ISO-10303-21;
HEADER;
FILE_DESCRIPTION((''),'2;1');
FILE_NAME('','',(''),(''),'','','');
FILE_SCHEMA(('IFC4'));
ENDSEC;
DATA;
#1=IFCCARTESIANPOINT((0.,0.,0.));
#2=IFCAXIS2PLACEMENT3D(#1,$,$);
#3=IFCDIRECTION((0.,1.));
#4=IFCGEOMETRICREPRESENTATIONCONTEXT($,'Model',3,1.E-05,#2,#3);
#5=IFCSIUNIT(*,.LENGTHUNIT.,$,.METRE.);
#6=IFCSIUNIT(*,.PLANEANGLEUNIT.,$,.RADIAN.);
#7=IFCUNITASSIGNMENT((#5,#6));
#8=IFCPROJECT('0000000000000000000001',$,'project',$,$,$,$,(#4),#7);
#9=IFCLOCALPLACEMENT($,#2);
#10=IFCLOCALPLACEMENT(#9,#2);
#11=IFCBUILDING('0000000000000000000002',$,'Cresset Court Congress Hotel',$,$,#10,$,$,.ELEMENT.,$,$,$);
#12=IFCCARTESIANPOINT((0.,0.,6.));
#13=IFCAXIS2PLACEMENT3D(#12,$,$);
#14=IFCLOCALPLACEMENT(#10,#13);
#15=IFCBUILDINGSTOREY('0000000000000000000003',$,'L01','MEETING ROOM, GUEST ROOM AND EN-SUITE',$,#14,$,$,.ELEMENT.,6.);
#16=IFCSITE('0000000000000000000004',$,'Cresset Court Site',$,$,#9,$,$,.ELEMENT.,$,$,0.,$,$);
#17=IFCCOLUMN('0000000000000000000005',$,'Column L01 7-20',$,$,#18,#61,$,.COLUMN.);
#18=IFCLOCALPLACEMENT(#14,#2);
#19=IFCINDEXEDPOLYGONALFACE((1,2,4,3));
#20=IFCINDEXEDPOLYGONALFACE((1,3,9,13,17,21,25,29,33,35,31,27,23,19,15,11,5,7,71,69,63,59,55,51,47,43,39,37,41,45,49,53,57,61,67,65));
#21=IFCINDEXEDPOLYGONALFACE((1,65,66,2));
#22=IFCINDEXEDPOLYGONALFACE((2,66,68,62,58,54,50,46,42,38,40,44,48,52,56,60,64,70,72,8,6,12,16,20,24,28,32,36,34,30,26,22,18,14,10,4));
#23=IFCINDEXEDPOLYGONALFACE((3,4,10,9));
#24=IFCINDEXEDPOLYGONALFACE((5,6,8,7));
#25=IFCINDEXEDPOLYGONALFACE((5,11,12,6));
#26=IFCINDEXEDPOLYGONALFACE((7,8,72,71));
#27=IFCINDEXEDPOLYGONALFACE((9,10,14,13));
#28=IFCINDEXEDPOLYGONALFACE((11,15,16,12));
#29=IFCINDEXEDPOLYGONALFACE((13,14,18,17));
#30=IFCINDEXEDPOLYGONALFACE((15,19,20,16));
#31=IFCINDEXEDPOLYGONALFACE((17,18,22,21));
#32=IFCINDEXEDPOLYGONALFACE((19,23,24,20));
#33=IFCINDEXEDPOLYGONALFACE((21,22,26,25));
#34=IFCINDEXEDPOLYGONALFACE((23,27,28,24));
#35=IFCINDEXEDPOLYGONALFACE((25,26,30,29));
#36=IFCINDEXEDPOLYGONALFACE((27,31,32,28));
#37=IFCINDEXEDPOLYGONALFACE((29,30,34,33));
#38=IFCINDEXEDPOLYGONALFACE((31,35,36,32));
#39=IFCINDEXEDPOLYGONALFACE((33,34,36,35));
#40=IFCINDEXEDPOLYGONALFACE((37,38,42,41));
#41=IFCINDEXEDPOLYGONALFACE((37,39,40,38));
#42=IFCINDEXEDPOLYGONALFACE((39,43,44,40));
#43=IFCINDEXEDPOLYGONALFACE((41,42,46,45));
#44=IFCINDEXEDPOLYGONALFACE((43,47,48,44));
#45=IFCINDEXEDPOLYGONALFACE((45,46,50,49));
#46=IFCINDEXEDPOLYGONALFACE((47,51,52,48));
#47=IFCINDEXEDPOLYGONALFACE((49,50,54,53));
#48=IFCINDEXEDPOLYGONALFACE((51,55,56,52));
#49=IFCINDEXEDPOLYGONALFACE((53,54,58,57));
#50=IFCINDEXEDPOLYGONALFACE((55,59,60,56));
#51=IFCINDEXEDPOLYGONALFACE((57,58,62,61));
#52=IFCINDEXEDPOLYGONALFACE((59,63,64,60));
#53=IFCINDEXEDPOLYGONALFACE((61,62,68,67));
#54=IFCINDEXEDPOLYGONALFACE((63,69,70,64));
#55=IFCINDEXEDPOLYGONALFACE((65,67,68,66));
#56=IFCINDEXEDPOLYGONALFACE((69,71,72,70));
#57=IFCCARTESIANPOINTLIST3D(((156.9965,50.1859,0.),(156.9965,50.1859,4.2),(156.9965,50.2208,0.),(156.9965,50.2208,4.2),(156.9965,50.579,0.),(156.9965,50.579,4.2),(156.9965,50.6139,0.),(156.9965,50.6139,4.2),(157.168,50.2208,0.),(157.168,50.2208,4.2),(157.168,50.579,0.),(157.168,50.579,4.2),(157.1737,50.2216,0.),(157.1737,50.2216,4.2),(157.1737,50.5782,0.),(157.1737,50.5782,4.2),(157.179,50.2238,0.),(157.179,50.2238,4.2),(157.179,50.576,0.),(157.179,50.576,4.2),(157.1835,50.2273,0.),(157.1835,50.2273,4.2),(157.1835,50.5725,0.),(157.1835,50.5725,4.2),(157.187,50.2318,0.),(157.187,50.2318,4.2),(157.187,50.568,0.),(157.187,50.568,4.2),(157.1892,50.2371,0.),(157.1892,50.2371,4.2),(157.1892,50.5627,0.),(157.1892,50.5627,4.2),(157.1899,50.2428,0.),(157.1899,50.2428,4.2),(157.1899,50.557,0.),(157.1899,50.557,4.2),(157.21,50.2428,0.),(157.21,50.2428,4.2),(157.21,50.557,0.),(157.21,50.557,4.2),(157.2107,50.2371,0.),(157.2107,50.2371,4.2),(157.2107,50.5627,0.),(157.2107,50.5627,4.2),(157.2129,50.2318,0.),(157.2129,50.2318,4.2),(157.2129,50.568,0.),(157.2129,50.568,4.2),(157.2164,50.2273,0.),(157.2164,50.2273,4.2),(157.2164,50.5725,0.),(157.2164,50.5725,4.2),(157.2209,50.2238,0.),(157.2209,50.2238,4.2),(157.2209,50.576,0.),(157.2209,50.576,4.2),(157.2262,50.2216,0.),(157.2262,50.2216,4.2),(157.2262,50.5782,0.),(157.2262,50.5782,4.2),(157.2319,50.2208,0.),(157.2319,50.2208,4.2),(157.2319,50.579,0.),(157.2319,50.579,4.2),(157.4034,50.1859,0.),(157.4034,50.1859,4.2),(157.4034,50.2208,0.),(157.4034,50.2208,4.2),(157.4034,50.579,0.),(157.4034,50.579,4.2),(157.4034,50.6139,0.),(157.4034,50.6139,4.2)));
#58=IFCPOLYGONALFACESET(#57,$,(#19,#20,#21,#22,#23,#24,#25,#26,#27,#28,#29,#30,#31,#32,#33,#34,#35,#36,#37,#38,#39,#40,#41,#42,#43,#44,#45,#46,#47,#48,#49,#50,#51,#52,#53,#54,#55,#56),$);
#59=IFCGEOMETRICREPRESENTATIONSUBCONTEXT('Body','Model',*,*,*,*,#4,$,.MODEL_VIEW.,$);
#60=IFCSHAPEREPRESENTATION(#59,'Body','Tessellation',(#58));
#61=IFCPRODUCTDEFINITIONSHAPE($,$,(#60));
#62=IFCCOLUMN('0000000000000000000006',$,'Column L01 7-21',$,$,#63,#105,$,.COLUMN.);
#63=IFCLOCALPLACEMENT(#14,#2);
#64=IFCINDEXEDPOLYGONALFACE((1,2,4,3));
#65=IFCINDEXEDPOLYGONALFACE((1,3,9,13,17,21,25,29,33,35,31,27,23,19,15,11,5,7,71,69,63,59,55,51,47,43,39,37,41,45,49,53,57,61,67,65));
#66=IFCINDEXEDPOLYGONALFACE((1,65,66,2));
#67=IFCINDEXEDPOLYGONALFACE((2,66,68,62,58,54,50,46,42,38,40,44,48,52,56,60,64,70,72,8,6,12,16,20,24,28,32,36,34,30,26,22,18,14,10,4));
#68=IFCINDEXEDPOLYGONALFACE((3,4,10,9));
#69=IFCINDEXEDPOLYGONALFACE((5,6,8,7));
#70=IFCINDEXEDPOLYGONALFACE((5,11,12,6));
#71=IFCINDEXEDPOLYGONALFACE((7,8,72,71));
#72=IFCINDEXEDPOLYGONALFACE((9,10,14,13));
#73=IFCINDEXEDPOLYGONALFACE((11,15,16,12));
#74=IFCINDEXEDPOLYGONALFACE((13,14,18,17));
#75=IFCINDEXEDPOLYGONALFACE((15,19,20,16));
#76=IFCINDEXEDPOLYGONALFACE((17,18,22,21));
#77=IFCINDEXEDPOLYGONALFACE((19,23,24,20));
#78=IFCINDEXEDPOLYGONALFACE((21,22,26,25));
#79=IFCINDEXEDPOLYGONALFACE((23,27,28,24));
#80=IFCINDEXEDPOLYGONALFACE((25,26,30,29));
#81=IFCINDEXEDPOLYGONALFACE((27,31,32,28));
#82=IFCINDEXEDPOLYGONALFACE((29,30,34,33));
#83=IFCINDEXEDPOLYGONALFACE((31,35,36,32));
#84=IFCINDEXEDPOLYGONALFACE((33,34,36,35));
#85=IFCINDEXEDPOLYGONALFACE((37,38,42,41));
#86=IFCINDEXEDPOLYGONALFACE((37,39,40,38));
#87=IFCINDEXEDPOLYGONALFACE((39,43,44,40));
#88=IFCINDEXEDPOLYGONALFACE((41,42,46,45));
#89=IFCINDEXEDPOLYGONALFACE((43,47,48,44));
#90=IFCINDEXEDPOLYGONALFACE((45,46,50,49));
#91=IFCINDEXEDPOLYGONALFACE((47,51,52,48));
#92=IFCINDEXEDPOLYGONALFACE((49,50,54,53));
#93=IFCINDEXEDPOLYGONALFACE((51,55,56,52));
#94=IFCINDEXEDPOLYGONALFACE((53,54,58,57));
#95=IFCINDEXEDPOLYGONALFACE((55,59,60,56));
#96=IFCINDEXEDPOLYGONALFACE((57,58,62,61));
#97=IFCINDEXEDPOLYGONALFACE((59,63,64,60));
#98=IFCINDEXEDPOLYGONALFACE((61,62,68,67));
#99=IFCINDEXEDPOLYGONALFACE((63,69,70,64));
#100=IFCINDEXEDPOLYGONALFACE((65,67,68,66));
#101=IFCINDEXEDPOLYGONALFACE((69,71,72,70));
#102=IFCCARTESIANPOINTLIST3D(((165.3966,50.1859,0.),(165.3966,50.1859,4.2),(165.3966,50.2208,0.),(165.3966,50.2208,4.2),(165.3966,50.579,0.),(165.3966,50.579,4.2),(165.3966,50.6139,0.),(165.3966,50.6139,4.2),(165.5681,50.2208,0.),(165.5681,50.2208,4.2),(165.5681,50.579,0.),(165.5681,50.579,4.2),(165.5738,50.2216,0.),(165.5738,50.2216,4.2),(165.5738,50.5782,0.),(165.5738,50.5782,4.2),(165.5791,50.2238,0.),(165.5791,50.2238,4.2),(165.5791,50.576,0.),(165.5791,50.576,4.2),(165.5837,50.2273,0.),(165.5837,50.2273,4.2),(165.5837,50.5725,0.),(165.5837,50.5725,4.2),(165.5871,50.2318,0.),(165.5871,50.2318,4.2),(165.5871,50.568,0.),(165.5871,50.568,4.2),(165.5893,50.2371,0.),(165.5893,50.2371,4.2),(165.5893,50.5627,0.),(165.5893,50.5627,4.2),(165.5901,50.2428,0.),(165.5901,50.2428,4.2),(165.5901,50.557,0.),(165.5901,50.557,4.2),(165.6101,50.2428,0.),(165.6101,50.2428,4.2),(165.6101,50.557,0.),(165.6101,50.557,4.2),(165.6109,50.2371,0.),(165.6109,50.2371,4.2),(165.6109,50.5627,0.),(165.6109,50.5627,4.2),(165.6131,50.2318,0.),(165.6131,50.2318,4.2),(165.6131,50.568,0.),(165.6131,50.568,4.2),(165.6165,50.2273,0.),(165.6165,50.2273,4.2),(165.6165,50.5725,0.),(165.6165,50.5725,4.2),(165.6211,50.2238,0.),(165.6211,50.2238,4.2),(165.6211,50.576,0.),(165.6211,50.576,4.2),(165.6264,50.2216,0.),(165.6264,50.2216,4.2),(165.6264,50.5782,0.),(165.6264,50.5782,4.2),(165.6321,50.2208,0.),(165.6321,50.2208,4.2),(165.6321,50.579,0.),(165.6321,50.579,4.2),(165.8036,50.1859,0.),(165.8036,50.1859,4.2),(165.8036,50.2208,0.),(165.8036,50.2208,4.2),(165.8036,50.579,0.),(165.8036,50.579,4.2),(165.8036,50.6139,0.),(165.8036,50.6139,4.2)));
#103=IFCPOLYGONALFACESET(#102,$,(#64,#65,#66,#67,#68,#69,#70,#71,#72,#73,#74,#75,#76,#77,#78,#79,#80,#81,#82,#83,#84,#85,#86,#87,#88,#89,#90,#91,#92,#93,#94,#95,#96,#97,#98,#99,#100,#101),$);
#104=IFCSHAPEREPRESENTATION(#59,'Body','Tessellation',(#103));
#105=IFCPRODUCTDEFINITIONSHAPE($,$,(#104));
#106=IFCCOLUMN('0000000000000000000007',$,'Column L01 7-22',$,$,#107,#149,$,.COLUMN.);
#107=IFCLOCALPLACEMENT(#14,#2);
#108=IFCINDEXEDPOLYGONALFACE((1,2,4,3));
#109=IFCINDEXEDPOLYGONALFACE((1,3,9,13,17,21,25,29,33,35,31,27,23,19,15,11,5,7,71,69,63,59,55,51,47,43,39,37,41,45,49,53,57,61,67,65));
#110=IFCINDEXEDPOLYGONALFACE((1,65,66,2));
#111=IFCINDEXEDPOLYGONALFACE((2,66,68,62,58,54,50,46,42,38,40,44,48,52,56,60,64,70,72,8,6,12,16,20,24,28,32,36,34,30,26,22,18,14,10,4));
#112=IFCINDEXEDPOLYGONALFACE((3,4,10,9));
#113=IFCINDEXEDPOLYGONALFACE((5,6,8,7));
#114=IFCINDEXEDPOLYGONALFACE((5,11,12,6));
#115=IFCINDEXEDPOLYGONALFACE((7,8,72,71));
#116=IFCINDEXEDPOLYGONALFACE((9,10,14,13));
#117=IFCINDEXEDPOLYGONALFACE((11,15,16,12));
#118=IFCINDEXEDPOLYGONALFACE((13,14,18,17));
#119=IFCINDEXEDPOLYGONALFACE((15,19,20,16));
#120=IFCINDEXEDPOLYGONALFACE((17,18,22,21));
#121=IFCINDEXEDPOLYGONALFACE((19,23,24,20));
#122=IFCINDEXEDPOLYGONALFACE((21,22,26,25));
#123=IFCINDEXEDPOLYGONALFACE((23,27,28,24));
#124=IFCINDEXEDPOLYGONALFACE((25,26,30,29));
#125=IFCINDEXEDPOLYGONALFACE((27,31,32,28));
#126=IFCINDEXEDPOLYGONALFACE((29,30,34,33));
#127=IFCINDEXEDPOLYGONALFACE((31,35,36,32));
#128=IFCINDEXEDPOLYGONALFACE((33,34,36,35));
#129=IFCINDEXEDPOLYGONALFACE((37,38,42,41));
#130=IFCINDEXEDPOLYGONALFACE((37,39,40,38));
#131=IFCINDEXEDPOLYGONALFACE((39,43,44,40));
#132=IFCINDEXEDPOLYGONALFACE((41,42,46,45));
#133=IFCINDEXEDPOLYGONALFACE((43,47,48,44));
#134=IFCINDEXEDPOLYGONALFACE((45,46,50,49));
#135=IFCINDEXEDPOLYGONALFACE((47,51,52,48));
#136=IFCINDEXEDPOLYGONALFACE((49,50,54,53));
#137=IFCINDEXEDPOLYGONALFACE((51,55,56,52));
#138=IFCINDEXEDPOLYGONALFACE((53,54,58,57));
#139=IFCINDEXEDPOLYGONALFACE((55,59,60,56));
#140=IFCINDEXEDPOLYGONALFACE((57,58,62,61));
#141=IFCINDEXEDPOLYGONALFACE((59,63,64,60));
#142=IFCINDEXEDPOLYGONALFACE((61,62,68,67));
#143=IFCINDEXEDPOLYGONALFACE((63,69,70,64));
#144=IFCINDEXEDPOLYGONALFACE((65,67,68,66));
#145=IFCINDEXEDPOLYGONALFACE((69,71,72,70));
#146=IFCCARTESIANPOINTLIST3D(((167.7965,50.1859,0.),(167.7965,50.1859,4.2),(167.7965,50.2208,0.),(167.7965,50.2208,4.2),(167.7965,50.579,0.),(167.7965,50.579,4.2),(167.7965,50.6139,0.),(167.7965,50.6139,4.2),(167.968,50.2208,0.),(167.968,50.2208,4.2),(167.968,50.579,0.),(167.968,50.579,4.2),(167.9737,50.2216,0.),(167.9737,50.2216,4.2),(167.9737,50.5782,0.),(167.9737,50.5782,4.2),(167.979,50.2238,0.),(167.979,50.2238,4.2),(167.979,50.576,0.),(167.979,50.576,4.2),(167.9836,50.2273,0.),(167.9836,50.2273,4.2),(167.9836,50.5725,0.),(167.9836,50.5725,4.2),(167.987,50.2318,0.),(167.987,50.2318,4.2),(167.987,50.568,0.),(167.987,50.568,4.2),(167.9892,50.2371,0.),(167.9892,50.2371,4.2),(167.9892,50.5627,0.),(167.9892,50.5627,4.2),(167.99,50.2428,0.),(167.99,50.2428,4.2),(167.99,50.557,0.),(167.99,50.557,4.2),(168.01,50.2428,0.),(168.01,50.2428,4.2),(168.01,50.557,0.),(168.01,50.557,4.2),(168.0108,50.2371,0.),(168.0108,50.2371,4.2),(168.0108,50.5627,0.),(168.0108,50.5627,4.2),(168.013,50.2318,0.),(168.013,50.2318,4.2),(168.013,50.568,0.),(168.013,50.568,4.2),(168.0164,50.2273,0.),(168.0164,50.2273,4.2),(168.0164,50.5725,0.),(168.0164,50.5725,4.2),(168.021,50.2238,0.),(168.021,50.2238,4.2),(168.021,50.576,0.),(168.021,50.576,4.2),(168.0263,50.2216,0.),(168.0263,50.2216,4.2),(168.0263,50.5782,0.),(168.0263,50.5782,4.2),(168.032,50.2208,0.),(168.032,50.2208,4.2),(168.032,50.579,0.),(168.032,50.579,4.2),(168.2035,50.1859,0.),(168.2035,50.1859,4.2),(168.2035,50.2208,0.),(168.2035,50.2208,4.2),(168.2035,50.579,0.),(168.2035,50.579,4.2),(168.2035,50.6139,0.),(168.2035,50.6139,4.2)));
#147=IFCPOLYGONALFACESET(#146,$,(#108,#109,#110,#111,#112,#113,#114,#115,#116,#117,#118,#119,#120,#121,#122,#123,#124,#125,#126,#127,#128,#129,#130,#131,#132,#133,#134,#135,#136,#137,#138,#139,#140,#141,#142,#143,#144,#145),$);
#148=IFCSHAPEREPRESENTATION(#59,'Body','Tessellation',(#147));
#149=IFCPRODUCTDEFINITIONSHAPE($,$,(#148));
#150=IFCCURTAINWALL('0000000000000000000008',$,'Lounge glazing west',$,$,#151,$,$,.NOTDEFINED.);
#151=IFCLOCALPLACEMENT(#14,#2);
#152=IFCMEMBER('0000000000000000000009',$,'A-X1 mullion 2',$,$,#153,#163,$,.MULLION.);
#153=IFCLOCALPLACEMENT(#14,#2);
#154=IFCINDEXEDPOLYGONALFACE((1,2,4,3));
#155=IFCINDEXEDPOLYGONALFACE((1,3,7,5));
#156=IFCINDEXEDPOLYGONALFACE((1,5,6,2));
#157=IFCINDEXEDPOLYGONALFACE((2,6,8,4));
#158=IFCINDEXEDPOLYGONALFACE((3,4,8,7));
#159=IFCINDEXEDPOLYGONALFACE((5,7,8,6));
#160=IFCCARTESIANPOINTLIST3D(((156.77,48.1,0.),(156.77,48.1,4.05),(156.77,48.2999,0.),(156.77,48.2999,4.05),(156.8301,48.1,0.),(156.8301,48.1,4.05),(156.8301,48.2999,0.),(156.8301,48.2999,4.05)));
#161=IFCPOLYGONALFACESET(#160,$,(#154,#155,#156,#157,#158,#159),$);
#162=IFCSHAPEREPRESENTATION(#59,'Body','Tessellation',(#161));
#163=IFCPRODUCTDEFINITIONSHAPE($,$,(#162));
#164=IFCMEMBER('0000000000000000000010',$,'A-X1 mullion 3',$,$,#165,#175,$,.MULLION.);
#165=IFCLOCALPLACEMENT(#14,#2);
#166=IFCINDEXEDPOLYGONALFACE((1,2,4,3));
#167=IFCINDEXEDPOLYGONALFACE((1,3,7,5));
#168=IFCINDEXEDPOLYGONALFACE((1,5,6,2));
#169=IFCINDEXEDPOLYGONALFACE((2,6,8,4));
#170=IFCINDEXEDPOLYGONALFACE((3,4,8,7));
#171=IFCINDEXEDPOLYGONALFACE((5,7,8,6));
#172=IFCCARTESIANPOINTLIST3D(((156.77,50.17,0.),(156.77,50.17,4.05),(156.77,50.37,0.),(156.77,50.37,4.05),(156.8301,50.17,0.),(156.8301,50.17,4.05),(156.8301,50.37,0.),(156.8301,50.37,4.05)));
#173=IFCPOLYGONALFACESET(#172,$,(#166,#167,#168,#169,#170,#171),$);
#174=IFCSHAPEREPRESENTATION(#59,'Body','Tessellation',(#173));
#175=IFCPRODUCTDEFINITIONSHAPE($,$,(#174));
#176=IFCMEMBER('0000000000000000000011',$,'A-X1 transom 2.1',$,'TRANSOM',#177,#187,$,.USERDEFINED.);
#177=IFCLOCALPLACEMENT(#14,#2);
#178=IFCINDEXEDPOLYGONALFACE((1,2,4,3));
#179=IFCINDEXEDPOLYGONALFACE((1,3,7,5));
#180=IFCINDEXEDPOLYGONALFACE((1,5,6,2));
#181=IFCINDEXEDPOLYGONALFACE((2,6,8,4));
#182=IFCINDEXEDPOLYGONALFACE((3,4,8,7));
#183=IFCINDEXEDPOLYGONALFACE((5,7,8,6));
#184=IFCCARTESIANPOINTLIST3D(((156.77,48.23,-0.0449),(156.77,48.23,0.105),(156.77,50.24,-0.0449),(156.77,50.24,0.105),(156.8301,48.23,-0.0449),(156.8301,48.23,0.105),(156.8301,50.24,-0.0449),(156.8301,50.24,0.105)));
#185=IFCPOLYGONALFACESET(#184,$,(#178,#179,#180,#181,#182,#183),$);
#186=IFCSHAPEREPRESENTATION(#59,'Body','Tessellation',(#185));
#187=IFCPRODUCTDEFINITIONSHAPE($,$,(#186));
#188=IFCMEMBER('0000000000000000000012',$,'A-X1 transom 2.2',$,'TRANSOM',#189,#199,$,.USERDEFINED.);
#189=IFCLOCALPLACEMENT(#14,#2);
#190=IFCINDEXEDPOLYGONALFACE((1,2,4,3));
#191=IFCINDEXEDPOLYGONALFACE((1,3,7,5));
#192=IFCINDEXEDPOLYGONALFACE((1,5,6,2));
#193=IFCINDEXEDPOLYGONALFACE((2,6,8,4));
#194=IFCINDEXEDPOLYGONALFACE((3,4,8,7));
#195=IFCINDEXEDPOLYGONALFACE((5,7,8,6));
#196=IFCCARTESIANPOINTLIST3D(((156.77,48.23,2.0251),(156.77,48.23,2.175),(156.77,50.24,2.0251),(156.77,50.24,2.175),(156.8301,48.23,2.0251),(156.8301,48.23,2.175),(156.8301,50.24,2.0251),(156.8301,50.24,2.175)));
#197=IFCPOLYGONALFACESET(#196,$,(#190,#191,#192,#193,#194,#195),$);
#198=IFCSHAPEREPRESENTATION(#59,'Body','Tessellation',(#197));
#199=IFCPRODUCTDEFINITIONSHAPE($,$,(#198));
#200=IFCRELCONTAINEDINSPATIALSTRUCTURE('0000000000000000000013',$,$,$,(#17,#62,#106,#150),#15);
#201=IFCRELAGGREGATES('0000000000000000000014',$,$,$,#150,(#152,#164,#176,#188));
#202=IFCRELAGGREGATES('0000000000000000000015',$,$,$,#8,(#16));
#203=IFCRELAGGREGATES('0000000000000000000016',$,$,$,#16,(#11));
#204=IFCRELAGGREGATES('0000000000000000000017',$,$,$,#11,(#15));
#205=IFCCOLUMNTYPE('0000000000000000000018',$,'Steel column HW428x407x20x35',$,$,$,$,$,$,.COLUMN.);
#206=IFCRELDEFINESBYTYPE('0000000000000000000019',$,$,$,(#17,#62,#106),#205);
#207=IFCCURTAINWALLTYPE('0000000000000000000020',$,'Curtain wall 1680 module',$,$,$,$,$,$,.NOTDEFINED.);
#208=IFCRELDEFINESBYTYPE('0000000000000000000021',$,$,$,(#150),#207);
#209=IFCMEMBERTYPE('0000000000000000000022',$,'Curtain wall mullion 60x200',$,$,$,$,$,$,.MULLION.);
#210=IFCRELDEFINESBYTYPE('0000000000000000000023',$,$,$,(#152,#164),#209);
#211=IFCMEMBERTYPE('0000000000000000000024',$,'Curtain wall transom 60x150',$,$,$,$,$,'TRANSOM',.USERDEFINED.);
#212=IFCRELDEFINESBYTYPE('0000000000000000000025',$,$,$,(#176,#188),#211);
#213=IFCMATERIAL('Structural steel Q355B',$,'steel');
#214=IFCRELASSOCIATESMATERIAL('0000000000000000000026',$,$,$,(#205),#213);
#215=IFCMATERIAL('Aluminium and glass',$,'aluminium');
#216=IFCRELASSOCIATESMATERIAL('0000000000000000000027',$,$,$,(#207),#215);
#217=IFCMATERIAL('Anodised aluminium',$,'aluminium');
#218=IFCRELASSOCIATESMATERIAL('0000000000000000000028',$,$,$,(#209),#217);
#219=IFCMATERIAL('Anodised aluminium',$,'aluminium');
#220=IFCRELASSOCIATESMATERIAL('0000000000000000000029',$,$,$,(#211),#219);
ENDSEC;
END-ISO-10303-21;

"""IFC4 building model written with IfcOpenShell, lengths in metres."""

from ifc_helpers import new_model, si_unit, direction, frame, origin, origin_2d, place, context, subcontext, project, spatial, rectangle, i_section, extrude, material, material_profile, profile_set, type_object, element, aggregate, save


model = new_model("IFC4")

# Units and contexts
model_context = context("Model", 3, precision=1e-05, world=origin(), true_north=direction((0.0, 1.0)))
body_context = subcontext(model_context, "Body", "Model", "MODEL_VIEW")
ifc_project = project(units=[si_unit("LENGTHUNIT", "METRE"), si_unit("PLANEANGLEUNIT", "RADIAN")], contexts=[model_context])

# Site, building, storey
site_placement = place(None, origin())
site = spatial("IfcSite", under=ifc_project, at=site_placement, Name="Cresset Court Site", CompositionType="ELEMENT", RefElevation=0.0)
building_placement = place(site_placement, origin())
building = spatial("IfcBuilding", under=site, at=building_placement, Name="Cresset Court Congress Hotel", CompositionType="ELEMENT")
storey_placement = place(building_placement, frame((0.0, 0.0, 6.0)))
storey = spatial("IfcBuildingStorey", under=building, at=storey_placement, Name="L01", Description="MEETING ROOM, GUEST ROOM AND EN-SUITE", CompositionType="ELEMENT", Elevation=6.0)

# Columns
ifc_material_1 = material(Name="Structural steel Q355B", Category="steel")
ifc_material_profile_1 = material_profile(ifc_material_1, i_section(OverallWidth=0.407, OverallDepth=0.428, WebThickness=0.02, FlangeThickness=0.0349, FilletRadius=0.022, at=origin_2d()), Name="HW428x407x20x35")
ifc_profile_set_1 = profile_set([ifc_material_profile_1], Name="Structural steel Q355B")
column_type = type_object("IfcColumnType", Name="Steel column HW428x407x20x35", PredefinedType="COLUMN", material=ifc_profile_set_1)
for number, where, z_axis, x_axis, name in (
    (1, (157.2, 50.3999, 0.0), (0.0, 0.0, 1.0), (1.0, 0.0, 0.0), "Column L01 7-20"),
    (2, (165.6001, 50.3999, 0.0), (0.0, 0.0, 1.0), (1.0, 0.0, 0.0), "Column L01 7-21"),
    (3, (168.0, 50.3999, 0.0), (0.0, 0.0, 1.0), (1.0, 0.0, 0.0), "Column L01 7-22"),
):
    element("IfcColumn", number, at=place(storey_placement, frame(where, z_axis=z_axis, x_axis=x_axis)), inside=storey, type_object=column_type, Name=name, PredefinedType="COLUMN", context=body_context, shape_type="SweptSolid", body=[
        extrude(i_section(OverallWidth=0.407, OverallDepth=0.428, WebThickness=0.02, FlangeThickness=0.0349, FilletRadius=0.022, at=origin_2d()), origin(), (0.0, 0.0, 1.0), 4.2),
    ])

# Curtain wall, members
ifc_material_2 = material(Name="Aluminium and glass", Category="aluminium")
curtain_wall_type = type_object("IfcCurtainWallType", Name="Curtain wall 1680 module", PredefinedType="NOTDEFINED", material=ifc_material_2)
curtain_wall_placement = place(storey_placement, origin())
curtain_wall = element("IfcCurtainWall", 4, at=curtain_wall_placement, inside=storey, type_object=curtain_wall_type, Name="Lounge glazing west", PredefinedType="NOTDEFINED")
ifc_material_3 = material(Name="Anodised aluminium", Category="aluminium")
ifc_material_profile_2 = material_profile(ifc_material_3, rectangle(XDim=0.0601, YDim=0.2, at=origin_2d()), Name="RECT60x200")
ifc_profile_set_2 = profile_set([ifc_material_profile_2], Name="Anodised aluminium")
member_type_1 = type_object("IfcMemberType", Name="Curtain wall mullion 60x200", PredefinedType="MULLION", material=ifc_profile_set_2)
member_1_placement = place(storey_placement, frame((156.8, 48.2, 0.0), z_axis=(0.0, 0.0, 1.0), x_axis=(-1.0, 0.0, 0.0)))
member_1 = element("IfcMember", 5, at=member_1_placement, type_object=member_type_1, Name="A-X1 mullion 2", PredefinedType="MULLION", context=body_context, shape_type="SweptSolid", body=[
    extrude(rectangle(XDim=0.0601, YDim=0.2, at=origin_2d()), origin(), (0.0, 0.0, 1.0), 4.05),
])
member_2_placement = place(storey_placement, frame((156.8, 50.27, 0.0), z_axis=(0.0, 0.0, 1.0), x_axis=(-1.0, 0.0, 0.0)))
member_2 = element("IfcMember", 6, at=member_2_placement, type_object=member_type_1, Name="A-X1 mullion 3", PredefinedType="MULLION", context=body_context, shape_type="SweptSolid", body=[
    extrude(rectangle(XDim=0.0601, YDim=0.2, at=origin_2d()), origin(), (0.0, 0.0, 1.0), 4.05),
])
ifc_material_4 = material(Name="Anodised aluminium", Category="aluminium")
ifc_material_profile_3 = material_profile(ifc_material_4, rectangle(XDim=0.0601, YDim=0.1499, at=origin_2d()), Name="RECT60x150")
ifc_profile_set_3 = profile_set([ifc_material_profile_3], Name="Anodised aluminium")
member_type_2 = type_object("IfcMemberType", Name="Curtain wall transom 60x150", ElementType="TRANSOM", PredefinedType="USERDEFINED", material=ifc_profile_set_3)
member_3_placement = place(storey_placement, frame((156.8, 48.23, 0.03), z_axis=(0.0, 1.0, 0.0), x_axis=(-1.0, 0.0, 0.0)))
member_3 = element("IfcMember", 7, at=member_3_placement, type_object=member_type_2, Name="A-X1 transom 2.1", ObjectType="TRANSOM", PredefinedType="USERDEFINED", context=body_context, shape_type="SweptSolid", body=[
    extrude(rectangle(XDim=0.0601, YDim=0.1499, at=origin_2d()), origin(), (0.0, 0.0, 1.0), 2.01),
])
member_4_placement = place(storey_placement, frame((156.8, 48.23, 2.1001), z_axis=(0.0, 1.0, 0.0), x_axis=(-1.0, 0.0, 0.0)))
member_4 = element("IfcMember", 8, at=member_4_placement, type_object=member_type_2, Name="A-X1 transom 2.2", ObjectType="TRANSOM", PredefinedType="USERDEFINED", context=body_context, shape_type="SweptSolid", body=[
    extrude(rectangle(XDim=0.0601, YDim=0.1499, at=origin_2d()), origin(), (0.0, 0.0, 1.0), 2.01),
])

aggregate(curtain_wall, [member_1, member_2, member_3, member_4])

save(model, "model.ifc")
